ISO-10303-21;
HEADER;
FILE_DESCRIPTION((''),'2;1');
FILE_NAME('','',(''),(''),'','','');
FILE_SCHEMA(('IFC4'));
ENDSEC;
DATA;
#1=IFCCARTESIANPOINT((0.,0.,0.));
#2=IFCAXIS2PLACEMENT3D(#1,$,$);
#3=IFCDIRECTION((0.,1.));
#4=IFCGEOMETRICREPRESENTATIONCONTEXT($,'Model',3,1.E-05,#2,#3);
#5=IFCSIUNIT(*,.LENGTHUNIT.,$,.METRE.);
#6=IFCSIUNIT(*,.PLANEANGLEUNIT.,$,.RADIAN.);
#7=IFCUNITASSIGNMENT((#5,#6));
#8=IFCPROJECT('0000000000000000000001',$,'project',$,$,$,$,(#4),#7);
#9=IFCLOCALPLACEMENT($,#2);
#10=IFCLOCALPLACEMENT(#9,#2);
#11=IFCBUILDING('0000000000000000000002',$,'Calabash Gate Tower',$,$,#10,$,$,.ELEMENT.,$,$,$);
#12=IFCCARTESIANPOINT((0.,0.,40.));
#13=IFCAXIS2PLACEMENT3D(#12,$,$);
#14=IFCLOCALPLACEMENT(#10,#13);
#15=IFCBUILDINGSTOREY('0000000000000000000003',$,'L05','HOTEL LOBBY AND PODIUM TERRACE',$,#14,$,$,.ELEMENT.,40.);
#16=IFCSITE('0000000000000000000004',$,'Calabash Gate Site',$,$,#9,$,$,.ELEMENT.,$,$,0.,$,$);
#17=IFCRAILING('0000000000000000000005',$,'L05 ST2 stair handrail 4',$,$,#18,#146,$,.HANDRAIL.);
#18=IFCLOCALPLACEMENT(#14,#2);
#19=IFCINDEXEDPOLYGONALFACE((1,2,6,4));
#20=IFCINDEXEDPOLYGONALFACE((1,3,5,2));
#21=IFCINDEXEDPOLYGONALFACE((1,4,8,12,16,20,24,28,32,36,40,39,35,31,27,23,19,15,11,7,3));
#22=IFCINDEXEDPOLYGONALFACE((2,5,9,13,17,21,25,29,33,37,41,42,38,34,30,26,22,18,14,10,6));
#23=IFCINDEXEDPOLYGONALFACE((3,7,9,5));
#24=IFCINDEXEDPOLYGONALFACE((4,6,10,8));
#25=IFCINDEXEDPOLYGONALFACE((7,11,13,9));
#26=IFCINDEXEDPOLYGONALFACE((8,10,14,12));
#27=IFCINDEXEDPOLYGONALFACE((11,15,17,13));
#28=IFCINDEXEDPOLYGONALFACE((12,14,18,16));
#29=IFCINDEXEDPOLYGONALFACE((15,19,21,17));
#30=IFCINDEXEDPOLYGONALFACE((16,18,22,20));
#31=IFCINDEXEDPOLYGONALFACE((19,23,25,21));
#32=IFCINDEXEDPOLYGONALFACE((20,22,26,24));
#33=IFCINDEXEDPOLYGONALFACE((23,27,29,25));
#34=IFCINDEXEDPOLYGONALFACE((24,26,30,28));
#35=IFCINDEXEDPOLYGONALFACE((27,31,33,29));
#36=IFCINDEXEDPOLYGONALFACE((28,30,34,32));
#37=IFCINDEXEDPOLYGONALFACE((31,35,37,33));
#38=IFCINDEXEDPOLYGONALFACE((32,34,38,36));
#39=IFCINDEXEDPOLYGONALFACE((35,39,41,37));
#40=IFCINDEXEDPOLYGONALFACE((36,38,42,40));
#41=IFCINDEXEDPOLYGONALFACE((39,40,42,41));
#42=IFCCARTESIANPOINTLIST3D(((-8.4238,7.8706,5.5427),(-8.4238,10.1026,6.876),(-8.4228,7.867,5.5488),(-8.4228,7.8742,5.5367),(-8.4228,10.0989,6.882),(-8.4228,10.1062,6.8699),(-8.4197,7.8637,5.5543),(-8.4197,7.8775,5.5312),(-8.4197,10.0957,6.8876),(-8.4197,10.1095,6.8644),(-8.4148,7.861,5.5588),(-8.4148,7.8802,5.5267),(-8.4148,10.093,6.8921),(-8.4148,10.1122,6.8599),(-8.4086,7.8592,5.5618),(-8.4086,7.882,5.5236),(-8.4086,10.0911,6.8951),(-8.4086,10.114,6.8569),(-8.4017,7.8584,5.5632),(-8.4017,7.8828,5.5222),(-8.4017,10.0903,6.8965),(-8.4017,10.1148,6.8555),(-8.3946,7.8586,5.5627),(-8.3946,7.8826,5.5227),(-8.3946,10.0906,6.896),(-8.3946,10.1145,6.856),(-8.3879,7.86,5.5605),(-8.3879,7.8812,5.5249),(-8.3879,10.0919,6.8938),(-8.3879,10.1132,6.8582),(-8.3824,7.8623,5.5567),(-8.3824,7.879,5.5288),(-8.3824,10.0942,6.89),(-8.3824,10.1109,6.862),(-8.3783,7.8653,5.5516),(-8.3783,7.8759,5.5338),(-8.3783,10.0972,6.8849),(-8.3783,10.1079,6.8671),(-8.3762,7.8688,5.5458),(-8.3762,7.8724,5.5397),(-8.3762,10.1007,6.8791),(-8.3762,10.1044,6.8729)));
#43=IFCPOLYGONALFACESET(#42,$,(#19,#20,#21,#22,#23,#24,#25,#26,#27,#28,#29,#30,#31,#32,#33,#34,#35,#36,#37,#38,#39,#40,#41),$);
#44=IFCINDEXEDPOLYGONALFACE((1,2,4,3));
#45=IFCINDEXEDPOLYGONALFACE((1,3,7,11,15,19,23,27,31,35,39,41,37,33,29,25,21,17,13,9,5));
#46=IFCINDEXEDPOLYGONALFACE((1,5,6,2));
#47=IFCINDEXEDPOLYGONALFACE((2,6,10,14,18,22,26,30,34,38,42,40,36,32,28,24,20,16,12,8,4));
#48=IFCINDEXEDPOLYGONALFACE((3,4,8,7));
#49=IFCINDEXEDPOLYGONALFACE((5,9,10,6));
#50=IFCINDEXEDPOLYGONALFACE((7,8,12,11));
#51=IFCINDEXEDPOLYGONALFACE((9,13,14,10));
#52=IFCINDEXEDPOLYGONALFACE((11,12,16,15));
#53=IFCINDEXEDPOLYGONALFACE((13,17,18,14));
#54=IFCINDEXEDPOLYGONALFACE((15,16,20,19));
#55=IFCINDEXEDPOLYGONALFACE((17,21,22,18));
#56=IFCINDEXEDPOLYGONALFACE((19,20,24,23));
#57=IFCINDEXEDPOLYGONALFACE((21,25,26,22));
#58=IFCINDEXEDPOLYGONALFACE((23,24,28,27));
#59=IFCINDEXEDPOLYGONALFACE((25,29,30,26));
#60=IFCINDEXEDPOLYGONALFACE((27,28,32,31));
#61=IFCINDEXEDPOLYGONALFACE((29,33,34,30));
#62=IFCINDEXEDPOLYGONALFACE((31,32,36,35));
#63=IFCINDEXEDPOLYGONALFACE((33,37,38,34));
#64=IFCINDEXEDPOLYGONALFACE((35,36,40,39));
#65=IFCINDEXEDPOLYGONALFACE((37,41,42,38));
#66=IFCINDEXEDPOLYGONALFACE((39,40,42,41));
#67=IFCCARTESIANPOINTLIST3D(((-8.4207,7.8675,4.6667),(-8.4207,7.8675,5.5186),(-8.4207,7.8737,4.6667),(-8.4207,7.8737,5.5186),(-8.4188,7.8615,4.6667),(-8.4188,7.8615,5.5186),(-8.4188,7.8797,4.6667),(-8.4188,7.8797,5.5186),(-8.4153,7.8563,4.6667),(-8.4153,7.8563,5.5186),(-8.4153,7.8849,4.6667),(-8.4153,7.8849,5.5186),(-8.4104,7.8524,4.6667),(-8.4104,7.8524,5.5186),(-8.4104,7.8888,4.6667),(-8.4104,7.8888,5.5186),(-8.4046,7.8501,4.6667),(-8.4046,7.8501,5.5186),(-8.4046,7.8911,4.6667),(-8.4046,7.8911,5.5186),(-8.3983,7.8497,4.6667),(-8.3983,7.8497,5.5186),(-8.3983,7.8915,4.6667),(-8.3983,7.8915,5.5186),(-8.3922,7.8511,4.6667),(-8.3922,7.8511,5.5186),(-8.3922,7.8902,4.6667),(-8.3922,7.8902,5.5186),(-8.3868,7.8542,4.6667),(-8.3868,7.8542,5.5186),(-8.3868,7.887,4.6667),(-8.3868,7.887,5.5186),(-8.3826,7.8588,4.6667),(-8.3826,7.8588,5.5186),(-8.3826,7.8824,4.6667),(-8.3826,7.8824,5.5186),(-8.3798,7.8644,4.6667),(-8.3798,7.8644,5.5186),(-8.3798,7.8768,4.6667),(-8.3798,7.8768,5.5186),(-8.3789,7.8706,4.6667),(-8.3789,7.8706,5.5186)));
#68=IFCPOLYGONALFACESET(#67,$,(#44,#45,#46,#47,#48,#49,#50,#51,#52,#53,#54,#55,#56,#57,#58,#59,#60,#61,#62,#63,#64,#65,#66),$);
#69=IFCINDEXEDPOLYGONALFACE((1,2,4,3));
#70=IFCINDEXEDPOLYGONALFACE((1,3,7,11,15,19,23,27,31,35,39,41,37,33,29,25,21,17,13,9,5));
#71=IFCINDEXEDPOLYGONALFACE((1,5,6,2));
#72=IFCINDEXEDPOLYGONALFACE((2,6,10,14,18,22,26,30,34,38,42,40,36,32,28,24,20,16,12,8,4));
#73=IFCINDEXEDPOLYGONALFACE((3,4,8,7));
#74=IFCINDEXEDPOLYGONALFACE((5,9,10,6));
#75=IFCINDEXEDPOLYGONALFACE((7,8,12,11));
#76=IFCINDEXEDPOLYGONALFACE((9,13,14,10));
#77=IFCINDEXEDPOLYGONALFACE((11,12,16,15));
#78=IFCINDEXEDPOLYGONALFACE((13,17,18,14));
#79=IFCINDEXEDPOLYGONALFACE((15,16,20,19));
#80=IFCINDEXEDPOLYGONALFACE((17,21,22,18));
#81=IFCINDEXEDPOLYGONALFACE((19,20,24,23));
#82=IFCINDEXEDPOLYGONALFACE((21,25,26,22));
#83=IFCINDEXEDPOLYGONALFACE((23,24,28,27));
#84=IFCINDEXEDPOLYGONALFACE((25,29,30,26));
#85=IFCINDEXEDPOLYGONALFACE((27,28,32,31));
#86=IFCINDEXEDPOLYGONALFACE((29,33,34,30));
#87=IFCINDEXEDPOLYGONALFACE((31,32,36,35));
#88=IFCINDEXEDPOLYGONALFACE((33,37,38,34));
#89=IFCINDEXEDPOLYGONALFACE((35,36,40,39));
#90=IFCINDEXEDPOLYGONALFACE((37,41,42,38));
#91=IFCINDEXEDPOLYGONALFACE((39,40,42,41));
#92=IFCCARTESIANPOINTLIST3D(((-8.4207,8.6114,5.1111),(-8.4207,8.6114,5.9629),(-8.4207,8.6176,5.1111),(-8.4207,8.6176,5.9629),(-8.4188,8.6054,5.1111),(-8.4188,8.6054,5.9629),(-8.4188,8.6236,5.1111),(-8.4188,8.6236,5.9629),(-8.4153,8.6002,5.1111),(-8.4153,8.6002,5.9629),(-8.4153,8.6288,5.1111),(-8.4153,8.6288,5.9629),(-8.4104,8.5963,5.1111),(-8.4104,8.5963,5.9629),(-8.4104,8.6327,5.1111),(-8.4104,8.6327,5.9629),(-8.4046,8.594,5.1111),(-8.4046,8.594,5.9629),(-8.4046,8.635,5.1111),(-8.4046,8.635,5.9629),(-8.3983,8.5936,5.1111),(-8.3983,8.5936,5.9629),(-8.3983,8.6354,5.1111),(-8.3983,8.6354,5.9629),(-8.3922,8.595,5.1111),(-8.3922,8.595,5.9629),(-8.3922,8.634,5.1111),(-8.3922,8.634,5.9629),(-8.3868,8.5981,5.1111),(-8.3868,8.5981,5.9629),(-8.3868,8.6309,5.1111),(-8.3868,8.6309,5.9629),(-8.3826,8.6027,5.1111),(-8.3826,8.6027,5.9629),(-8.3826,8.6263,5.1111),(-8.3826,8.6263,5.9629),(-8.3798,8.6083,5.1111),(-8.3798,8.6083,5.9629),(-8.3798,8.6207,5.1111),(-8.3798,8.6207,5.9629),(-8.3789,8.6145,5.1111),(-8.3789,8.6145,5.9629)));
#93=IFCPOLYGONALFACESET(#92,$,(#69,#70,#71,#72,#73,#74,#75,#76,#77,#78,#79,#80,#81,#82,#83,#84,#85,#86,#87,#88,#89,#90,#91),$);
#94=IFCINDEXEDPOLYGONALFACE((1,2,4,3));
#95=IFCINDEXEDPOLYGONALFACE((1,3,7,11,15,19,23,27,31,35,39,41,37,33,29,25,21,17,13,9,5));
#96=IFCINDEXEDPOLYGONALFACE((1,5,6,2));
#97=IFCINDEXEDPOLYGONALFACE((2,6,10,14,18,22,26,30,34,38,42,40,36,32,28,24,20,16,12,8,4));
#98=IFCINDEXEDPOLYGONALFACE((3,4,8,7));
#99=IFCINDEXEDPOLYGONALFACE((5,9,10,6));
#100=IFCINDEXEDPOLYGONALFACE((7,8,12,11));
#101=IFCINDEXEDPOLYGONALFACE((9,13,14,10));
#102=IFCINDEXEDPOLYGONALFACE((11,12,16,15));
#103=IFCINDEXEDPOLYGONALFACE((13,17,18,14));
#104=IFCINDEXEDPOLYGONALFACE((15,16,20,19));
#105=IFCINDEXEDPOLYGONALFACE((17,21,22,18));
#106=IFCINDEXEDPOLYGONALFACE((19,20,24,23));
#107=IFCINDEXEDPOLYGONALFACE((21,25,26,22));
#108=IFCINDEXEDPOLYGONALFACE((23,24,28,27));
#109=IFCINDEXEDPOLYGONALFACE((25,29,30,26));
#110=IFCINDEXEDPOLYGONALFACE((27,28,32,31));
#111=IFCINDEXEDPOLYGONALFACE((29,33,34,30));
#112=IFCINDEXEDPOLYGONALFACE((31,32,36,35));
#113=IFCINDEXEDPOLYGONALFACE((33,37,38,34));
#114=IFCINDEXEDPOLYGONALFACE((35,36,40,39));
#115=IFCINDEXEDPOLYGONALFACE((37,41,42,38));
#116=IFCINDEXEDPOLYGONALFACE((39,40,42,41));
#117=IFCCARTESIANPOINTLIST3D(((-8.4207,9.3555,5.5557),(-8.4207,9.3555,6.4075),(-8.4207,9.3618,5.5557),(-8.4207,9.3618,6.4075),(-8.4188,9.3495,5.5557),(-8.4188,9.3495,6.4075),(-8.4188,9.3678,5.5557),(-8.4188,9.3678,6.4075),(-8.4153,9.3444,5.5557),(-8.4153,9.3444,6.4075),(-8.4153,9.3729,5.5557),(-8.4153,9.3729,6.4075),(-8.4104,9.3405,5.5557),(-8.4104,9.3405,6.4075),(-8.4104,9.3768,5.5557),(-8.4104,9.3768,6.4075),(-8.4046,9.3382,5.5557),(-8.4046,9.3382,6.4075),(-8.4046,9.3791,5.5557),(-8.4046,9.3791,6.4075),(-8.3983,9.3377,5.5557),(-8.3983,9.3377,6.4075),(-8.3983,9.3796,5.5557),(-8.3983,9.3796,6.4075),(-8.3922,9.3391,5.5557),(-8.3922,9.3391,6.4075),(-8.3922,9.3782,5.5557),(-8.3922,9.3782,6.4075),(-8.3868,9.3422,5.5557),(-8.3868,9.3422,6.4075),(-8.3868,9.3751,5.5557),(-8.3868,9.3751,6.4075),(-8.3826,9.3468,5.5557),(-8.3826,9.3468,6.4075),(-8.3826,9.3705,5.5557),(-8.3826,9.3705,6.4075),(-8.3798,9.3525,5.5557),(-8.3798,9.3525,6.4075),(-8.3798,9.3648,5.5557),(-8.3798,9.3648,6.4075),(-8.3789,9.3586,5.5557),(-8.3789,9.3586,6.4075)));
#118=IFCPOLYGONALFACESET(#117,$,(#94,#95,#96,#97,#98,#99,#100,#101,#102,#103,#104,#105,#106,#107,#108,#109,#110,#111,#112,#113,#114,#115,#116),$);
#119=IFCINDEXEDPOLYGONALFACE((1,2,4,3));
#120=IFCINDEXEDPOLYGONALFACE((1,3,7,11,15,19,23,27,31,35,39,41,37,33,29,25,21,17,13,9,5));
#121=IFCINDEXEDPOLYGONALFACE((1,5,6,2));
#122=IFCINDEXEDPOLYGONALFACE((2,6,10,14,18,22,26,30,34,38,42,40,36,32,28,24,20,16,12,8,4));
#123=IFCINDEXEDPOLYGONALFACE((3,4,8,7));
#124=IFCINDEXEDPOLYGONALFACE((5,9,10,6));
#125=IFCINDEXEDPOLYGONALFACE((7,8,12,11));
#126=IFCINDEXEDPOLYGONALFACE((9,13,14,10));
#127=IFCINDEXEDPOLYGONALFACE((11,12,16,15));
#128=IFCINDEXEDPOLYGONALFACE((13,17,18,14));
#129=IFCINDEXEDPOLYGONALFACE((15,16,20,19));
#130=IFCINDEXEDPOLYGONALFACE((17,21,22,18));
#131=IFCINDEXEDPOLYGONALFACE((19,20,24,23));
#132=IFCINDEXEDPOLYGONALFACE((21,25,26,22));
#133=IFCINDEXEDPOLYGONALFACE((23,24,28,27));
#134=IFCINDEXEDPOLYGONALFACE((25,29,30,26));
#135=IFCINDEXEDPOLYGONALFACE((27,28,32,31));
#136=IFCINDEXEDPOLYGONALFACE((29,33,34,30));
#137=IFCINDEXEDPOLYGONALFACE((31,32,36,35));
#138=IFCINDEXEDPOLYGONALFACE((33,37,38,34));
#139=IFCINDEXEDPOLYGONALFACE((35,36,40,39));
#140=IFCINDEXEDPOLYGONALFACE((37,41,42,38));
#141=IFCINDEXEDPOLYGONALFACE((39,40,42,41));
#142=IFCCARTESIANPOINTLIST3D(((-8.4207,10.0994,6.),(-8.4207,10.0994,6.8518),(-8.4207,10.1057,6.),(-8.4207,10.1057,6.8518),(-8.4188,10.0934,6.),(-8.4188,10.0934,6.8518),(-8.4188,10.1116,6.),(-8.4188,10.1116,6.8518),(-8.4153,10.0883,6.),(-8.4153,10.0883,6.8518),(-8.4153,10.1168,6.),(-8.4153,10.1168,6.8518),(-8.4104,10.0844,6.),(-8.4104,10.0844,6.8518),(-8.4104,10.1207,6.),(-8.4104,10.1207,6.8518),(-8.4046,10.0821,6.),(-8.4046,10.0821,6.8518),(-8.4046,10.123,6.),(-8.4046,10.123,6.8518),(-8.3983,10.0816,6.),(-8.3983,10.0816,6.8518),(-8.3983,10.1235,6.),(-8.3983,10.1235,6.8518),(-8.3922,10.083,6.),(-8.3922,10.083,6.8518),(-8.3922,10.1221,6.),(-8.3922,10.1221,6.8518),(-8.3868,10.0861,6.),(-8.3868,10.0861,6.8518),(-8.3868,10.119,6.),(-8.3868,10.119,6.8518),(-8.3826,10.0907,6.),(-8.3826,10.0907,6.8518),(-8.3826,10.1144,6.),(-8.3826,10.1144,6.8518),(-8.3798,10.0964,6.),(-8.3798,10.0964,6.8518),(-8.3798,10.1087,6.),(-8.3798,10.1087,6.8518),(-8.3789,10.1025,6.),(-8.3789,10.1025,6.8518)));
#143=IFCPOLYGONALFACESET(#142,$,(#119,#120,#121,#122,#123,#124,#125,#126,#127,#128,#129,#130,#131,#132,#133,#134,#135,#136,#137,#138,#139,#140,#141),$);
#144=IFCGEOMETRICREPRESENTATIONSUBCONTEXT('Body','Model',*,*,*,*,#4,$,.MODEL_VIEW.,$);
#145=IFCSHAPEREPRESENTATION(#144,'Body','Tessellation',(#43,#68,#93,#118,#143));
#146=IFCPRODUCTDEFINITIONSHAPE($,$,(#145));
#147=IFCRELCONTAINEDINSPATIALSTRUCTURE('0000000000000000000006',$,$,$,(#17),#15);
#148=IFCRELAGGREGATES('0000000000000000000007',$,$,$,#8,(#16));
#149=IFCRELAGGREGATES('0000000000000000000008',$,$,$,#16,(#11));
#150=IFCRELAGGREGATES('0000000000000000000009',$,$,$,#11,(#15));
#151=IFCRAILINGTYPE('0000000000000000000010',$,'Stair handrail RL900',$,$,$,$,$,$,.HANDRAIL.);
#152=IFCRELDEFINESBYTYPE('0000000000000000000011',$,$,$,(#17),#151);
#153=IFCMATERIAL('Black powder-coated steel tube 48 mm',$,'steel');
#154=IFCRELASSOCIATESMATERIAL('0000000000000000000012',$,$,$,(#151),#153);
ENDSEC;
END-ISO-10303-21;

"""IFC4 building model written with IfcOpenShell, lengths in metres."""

from ifc_helpers import new_model, si_unit, direction, frame, origin, origin_2d, place, context, subcontext, project, spatial, circle, extrude, material, type_object, element, save


model = new_model("IFC4")

# Units and contexts
model_context = context("Model", 3, precision=1e-05, world=origin(), true_north=direction((0.0, 1.0)))
body_context = subcontext(model_context, "Body", "Model", "MODEL_VIEW")
ifc_project = project(units=[si_unit("LENGTHUNIT", "METRE"), si_unit("PLANEANGLEUNIT", "RADIAN")], contexts=[model_context])

# Site, building, storey
site_placement = place(None, origin())
site = spatial("IfcSite", under=ifc_project, at=site_placement, Name="Calabash Gate Site", CompositionType="ELEMENT", RefElevation=0.0)
building_placement = place(site_placement, origin())
building = spatial("IfcBuilding", under=site, at=building_placement, Name="Calabash Gate Tower", CompositionType="ELEMENT")
storey_placement = place(building_placement, frame((0.0, 0.0, 40.0)))
storey = spatial("IfcBuildingStorey", under=building, at=storey_placement, Name="L05", Description="HOTEL LOBBY AND PODIUM TERRACE", CompositionType="ELEMENT", Elevation=40.0)

# Railing
ifc_material_1 = material(Name="Black powder-coated steel tube 48 mm", Category="steel")
railing_type = type_object("IfcRailingType", Name="Stair handrail RL900", PredefinedType="HANDRAIL", material=ifc_material_1)
for number, where, name in (
    (1, (-8.3999, 7.8706, 4.6667), "L05 ST2 stair handrail 4"),
):
    element("IfcRailing", number, at=place(storey_placement, frame(where)), inside=storey, type_object=railing_type, Name=name, PredefinedType="HANDRAIL", context=body_context, shape_type="SweptSolid", body=[
        extrude(circle(Radius=0.0239, at=origin_2d()), frame((0.0, 0.0, 0.876), z_axis=(0.0, 0.858494, 0.512824), x_axis=(-1.0, 0.0, 0.0)), (0.0, 0.0, 1.0), 2.5999),
        extrude(circle(Radius=0.021, at=origin_2d()), origin(), (0.0, 0.0, 1.0), 0.8518),
        extrude(circle(Radius=0.021, at=origin_2d()), frame((0.0, 0.7439, 0.4443)), (0.0, 0.0, 1.0), 0.8518),
        extrude(circle(Radius=0.021, at=origin_2d()), frame((0.0, 1.488, 0.8889)), (0.0, 0.0, 1.0), 0.8518),
        extrude(circle(Radius=0.021, at=origin_2d()), frame((0.0, 2.2319, 1.3333)), (0.0, 0.0, 1.0), 0.8518),
    ])

save(model, "model.ifc")
